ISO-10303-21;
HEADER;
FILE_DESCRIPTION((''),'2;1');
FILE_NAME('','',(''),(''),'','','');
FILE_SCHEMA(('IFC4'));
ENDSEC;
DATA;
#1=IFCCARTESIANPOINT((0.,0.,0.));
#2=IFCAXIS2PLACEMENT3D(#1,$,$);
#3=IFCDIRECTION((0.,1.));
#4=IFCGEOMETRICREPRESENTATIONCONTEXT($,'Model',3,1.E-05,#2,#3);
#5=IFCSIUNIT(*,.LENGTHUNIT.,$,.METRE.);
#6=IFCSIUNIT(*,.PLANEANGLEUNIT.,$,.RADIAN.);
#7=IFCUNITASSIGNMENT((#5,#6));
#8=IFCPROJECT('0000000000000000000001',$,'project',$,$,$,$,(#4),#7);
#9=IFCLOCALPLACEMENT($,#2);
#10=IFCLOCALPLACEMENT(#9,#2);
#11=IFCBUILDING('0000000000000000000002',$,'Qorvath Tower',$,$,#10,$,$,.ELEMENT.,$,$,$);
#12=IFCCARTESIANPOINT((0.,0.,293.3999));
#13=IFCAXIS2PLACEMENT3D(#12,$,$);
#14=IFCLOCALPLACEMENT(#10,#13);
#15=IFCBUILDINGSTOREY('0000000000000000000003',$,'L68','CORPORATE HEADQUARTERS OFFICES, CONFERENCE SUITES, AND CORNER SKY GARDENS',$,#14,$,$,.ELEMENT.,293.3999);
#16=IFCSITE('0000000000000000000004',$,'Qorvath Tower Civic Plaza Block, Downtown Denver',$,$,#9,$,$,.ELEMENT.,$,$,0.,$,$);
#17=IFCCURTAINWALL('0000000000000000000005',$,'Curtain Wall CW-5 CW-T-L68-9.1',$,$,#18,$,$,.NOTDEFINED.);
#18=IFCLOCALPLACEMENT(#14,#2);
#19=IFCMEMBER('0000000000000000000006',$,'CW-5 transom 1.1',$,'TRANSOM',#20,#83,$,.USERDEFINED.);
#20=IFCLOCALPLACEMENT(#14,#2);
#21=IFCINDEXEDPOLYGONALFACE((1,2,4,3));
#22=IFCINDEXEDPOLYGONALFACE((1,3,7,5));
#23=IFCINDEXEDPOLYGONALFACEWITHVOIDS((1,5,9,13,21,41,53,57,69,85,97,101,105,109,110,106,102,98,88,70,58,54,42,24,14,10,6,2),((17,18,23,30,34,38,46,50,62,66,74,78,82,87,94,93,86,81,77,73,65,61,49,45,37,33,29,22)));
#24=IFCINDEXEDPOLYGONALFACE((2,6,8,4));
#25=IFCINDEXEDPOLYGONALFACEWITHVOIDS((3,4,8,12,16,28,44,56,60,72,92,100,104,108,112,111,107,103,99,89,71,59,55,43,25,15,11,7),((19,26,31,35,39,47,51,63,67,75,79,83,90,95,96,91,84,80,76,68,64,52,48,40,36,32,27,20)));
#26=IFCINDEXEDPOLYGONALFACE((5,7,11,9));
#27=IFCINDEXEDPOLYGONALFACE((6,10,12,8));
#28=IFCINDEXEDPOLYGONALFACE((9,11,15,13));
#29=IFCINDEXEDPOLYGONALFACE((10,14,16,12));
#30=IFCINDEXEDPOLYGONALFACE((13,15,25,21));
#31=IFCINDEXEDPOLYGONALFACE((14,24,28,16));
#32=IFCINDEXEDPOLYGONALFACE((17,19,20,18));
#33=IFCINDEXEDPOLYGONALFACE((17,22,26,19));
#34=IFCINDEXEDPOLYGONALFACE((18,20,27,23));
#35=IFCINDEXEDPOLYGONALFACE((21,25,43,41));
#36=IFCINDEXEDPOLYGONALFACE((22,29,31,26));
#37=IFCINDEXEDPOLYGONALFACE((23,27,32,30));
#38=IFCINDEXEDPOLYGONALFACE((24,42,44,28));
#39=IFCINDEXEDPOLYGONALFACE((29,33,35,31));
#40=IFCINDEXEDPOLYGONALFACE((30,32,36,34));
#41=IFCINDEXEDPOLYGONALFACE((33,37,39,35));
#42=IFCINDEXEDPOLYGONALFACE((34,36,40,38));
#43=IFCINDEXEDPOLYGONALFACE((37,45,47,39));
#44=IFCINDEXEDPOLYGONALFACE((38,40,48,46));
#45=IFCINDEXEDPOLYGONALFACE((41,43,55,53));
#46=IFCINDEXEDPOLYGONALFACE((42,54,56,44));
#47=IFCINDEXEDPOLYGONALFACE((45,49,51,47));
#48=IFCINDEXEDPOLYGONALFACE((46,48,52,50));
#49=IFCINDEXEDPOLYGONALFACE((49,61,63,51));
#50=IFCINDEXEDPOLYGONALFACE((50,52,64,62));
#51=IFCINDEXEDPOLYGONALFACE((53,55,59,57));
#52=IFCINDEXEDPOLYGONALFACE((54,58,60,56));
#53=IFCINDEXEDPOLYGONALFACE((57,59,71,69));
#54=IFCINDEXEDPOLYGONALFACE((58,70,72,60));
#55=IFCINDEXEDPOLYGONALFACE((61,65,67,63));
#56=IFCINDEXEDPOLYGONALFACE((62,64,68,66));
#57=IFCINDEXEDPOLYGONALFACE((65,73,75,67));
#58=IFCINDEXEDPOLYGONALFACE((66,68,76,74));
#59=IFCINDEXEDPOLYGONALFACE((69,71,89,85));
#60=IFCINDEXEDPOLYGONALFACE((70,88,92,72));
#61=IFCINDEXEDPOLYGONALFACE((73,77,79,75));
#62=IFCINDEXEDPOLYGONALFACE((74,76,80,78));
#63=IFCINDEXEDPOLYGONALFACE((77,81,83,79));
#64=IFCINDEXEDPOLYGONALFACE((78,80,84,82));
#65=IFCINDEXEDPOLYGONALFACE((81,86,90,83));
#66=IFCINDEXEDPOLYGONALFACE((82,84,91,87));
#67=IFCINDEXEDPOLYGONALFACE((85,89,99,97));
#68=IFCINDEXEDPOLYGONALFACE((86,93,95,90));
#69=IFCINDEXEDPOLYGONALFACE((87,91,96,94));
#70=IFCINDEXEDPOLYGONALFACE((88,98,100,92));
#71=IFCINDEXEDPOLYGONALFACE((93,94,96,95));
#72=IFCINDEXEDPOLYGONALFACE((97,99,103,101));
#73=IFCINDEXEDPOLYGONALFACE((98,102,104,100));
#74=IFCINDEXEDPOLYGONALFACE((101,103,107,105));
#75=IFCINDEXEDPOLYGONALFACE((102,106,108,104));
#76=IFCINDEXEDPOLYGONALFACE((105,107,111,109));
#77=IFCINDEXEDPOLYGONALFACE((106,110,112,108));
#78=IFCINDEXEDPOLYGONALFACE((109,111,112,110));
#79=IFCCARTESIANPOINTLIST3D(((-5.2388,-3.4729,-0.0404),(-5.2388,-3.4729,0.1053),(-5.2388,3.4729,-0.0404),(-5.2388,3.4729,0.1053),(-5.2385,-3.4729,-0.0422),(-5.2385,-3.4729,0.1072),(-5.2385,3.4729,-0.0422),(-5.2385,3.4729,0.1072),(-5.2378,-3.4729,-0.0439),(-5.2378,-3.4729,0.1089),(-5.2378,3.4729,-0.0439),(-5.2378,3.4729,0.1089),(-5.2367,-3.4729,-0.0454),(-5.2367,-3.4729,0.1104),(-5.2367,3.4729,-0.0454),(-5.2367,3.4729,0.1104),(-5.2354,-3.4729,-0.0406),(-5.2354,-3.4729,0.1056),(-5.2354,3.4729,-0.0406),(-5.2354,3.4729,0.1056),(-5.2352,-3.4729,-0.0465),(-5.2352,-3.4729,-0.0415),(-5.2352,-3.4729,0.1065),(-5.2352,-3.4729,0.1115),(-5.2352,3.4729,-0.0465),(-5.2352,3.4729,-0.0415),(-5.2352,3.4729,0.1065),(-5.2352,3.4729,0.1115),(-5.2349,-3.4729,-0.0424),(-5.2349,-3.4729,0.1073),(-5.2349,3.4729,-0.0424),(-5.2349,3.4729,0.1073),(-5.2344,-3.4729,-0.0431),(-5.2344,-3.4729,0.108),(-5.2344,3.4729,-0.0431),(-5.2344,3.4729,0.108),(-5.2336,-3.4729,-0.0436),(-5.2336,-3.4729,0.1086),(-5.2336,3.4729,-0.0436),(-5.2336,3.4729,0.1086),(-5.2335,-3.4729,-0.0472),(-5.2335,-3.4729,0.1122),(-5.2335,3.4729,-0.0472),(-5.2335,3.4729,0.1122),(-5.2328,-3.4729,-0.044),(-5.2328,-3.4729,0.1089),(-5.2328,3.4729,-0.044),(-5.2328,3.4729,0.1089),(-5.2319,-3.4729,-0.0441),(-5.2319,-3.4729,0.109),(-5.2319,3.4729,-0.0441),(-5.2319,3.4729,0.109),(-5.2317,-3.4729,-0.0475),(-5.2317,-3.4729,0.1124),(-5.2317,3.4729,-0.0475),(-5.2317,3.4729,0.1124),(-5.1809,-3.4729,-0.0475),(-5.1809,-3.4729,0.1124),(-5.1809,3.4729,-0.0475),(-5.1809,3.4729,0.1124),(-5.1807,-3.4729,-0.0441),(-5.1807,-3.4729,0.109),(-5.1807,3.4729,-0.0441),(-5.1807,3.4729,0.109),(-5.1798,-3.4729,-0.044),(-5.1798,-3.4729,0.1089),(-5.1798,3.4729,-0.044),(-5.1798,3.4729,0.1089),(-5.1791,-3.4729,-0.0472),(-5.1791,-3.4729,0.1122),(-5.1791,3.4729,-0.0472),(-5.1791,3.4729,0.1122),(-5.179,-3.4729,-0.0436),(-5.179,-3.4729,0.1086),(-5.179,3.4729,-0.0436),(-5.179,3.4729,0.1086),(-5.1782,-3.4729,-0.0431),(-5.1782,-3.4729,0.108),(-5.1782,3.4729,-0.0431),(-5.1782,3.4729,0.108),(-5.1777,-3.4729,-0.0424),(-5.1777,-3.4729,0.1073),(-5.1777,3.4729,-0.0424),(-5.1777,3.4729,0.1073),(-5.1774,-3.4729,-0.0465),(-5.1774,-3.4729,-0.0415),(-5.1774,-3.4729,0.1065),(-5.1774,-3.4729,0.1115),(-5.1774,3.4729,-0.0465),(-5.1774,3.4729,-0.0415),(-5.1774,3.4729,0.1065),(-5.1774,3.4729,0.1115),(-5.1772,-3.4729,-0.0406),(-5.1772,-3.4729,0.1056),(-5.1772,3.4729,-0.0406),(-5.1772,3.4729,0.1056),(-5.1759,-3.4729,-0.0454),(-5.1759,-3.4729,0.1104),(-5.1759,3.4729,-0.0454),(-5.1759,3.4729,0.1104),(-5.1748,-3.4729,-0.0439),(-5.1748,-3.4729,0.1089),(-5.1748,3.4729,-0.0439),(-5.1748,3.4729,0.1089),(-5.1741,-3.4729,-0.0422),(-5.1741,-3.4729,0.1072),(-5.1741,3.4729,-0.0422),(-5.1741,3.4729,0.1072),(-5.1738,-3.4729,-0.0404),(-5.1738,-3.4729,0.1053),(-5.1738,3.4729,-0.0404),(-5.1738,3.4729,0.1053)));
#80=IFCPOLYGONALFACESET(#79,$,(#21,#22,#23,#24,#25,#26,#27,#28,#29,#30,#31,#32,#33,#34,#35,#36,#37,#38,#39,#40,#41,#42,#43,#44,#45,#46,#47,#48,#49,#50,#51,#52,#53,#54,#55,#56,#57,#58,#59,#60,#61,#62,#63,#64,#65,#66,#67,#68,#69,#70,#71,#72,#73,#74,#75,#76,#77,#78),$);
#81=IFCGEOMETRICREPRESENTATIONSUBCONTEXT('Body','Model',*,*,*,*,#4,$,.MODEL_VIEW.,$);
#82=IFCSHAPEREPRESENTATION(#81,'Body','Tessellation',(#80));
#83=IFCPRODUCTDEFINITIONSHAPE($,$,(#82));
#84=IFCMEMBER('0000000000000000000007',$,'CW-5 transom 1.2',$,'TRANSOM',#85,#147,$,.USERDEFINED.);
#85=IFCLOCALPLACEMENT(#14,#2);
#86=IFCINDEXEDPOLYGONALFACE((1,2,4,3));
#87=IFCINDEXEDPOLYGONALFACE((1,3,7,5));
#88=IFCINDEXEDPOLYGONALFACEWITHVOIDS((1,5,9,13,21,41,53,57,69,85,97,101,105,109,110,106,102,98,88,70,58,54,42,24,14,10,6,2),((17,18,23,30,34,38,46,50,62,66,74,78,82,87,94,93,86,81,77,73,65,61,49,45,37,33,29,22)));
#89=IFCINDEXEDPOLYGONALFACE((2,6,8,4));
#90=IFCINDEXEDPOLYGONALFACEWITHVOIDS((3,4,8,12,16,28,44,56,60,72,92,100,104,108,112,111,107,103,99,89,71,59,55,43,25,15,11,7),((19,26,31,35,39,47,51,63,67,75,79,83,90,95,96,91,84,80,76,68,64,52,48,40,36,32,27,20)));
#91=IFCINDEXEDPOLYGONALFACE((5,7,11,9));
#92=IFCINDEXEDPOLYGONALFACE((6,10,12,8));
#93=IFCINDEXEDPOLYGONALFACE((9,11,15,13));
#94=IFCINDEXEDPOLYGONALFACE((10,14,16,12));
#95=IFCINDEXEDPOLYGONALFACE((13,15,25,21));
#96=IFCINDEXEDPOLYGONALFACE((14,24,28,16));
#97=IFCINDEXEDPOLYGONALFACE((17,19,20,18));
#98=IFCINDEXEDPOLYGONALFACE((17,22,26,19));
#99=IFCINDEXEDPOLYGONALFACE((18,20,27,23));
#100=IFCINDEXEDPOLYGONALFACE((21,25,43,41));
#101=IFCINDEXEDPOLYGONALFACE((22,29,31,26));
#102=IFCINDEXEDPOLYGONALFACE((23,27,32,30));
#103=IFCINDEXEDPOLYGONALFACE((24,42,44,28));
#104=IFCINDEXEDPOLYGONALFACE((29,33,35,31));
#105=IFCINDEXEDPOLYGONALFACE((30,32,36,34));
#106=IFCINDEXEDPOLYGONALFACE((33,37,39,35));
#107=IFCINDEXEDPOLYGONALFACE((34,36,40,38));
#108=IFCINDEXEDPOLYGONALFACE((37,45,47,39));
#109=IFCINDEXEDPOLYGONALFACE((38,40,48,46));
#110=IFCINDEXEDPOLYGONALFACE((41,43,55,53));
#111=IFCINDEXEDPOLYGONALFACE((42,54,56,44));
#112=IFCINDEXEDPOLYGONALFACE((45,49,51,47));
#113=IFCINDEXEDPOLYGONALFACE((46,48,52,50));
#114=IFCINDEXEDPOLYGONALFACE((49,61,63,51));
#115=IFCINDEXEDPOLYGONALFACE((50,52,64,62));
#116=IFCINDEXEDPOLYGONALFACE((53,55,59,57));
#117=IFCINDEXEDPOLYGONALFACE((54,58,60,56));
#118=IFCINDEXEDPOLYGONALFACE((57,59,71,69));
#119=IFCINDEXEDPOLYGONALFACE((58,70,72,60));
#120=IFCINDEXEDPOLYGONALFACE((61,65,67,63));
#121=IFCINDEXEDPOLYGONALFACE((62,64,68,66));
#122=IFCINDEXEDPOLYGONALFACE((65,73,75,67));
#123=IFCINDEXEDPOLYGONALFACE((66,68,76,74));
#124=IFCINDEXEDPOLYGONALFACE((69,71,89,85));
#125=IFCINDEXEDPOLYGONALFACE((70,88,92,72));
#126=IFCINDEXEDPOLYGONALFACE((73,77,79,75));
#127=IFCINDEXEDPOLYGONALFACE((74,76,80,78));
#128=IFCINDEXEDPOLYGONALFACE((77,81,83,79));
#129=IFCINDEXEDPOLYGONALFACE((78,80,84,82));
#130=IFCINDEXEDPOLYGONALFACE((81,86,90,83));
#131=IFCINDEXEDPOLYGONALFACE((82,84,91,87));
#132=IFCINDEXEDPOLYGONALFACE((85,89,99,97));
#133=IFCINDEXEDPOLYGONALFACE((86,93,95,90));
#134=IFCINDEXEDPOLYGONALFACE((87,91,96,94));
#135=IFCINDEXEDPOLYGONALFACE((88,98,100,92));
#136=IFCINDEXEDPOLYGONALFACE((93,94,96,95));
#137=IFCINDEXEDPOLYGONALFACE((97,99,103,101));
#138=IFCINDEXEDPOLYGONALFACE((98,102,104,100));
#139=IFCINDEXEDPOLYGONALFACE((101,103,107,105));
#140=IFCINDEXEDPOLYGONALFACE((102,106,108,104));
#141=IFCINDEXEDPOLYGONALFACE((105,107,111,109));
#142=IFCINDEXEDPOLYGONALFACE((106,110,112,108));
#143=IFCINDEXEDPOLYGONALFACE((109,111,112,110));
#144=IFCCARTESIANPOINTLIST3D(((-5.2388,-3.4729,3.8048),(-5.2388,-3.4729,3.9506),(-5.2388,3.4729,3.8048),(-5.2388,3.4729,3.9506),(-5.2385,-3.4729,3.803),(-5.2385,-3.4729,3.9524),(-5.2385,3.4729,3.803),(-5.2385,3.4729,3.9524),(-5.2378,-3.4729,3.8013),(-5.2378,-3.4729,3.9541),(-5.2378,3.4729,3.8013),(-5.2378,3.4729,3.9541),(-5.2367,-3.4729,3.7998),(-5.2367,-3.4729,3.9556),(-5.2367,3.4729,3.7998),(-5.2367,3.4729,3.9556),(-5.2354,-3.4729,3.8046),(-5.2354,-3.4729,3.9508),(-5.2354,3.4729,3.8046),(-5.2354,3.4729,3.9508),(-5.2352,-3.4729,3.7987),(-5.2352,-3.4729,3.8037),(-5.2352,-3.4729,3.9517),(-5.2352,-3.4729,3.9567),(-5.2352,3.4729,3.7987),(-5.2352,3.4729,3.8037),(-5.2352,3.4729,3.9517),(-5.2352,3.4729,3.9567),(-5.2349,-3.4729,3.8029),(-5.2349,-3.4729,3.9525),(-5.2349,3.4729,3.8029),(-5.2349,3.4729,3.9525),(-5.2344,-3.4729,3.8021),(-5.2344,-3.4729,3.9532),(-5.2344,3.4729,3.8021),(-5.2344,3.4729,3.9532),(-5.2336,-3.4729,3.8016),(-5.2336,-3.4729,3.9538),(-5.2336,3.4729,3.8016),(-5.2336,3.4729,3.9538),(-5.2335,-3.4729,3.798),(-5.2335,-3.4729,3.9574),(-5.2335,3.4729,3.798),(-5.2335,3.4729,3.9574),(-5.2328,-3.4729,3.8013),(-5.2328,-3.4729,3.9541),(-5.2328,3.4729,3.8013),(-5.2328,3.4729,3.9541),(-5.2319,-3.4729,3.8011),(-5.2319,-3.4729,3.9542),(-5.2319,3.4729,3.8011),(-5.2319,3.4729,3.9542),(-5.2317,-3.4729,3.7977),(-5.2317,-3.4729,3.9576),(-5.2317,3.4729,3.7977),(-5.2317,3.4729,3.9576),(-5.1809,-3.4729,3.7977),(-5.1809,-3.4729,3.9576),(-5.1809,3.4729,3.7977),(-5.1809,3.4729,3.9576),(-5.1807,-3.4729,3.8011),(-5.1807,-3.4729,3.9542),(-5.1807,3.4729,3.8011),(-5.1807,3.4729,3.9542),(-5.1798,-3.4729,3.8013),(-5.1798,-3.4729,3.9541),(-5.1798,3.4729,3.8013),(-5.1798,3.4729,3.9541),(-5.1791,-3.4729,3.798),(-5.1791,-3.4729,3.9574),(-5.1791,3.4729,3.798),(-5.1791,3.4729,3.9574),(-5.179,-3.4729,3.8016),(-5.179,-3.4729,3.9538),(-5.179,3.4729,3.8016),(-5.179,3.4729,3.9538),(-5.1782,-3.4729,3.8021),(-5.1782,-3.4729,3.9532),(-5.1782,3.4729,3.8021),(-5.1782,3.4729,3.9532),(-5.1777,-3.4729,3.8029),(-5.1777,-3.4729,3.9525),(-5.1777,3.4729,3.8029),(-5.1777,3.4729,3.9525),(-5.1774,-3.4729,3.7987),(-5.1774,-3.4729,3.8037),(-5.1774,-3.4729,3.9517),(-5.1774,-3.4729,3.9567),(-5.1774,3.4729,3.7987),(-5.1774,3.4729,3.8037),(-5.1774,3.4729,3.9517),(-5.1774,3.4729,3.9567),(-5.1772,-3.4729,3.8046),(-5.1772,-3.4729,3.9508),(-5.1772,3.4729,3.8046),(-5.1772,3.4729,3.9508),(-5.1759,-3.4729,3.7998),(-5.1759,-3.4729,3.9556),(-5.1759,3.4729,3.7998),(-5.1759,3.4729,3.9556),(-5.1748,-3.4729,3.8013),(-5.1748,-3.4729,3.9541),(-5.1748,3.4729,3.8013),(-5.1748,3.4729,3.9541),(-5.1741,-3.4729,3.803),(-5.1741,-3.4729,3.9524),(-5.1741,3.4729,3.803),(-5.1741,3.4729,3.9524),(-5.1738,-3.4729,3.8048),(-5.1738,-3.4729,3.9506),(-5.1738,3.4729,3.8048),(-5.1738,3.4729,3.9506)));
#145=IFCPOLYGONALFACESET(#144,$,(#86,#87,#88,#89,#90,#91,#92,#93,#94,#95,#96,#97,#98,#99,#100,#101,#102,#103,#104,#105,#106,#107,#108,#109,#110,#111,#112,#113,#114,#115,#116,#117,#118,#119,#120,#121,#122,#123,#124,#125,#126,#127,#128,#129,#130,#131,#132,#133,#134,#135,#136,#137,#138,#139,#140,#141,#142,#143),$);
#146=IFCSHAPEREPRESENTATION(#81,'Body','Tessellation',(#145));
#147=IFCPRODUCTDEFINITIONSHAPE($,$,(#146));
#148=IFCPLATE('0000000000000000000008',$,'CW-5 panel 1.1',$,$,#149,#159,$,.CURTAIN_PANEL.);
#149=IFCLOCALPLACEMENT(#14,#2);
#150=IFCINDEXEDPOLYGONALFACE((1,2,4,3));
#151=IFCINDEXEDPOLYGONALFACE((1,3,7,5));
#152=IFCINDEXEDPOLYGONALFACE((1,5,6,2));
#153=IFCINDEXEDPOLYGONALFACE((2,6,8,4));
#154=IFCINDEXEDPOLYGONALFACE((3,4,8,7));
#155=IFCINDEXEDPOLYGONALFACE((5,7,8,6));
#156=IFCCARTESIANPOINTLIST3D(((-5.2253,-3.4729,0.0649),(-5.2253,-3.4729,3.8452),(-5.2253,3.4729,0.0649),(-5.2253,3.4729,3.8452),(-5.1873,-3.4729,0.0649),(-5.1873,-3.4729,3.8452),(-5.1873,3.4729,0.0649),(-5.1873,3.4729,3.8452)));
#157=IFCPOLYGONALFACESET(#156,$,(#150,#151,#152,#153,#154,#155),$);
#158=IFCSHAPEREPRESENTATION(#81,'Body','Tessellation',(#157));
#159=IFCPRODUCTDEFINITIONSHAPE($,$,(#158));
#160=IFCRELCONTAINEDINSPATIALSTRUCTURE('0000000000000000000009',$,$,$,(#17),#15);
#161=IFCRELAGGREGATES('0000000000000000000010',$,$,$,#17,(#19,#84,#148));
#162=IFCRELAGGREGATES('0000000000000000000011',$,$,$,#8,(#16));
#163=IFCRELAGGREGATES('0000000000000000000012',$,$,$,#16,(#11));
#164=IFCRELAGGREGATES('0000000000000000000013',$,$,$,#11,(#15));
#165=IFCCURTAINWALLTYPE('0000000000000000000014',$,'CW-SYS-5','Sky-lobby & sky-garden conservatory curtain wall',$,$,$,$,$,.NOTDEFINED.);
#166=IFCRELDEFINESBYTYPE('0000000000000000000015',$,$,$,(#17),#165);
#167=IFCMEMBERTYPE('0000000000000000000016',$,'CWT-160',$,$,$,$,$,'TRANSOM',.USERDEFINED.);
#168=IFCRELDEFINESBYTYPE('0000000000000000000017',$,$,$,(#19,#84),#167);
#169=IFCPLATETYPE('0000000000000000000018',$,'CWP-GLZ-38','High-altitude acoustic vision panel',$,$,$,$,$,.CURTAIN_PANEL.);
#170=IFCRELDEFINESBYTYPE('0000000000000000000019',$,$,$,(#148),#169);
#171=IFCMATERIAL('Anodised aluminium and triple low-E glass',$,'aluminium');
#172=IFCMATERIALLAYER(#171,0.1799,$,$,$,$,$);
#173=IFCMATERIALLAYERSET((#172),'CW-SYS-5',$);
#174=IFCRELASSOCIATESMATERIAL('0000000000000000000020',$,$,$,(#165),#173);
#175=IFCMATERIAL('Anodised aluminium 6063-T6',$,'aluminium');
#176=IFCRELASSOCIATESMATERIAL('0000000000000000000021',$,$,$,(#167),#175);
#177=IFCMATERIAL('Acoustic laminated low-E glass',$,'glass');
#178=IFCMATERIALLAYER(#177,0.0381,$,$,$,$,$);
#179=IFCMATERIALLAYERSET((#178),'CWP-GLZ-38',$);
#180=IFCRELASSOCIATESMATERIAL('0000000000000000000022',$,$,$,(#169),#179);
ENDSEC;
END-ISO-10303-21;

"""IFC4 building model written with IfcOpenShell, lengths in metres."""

from ifc_helpers import new_model, si_unit, direction, frame, origin, origin_2d, place, context, subcontext, project, spatial, rectangle, hollow_rectangle, extrude, material, layer, layer_set, material_profile, profile_set, type_object, element, aggregate, save


model = new_model("IFC4")

# Units and contexts
model_context = context("Model", 3, precision=1e-05, world=origin(), true_north=direction((0.0, 1.0)))
body_context = subcontext(model_context, "Body", "Model", "MODEL_VIEW")
ifc_project = project(units=[si_unit("LENGTHUNIT", "METRE"), si_unit("PLANEANGLEUNIT", "RADIAN")], contexts=[model_context])

# Site, building, storey
site_placement = place(None, origin())
site = spatial("IfcSite", under=ifc_project, at=site_placement, Name="Qorvath Tower Civic Plaza Block, Downtown Denver", CompositionType="ELEMENT", RefElevation=0.0)
building_placement = place(site_placement, origin())
building = spatial("IfcBuilding", under=site, at=building_placement, Name="Qorvath Tower", CompositionType="ELEMENT")
storey_placement = place(building_placement, frame((0.0, 0.0, 293.3999)))
storey = spatial("IfcBuildingStorey", under=building, at=storey_placement, Name="L68", Description="CORPORATE HEADQUARTERS OFFICES, CONFERENCE SUITES, AND CORNER SKY GARDENS", CompositionType="ELEMENT", Elevation=293.3999)

# Shared definitions
ifc_material_1 = material(Name="Anodised aluminium and triple low-E glass", Category="aluminium")
ifc_layer_1 = layer(ifc_material_1, 0.1799)
ifc_layer_set_1 = layer_set([ifc_layer_1], Name="CW-SYS-5")
curtain_wall_type = type_object("IfcCurtainWallType", Name="CW-SYS-5", Description="Sky-lobby & sky-garden conservatory curtain wall", PredefinedType="NOTDEFINED", material=ifc_layer_set_1)

# Curtain wall, members, plate
curtain_wall_1_placement = place(storey_placement, origin())
curtain_wall_1 = element("IfcCurtainWall", 1, at=curtain_wall_1_placement, inside=storey, type_object=curtain_wall_type, Name="Curtain Wall CW-5 CW-T-L68-9.1", PredefinedType="NOTDEFINED")
ifc_material_2 = material(Name="Anodised aluminium 6063-T6", Category="aluminium")
ifc_material_profile_1 = material_profile(ifc_material_2, hollow_rectangle(XDim=0.0649, YDim=0.1599, WallThickness=0.0034, InnerFilletRadius=0.0034, OuterFilletRadius=0.0071, at=origin_2d()), Name="CWT 160x65")
ifc_profile_set_1 = profile_set([ifc_material_profile_1], Name="Anodised aluminium 6063-T6")
member_type_1 = type_object("IfcMemberType", Name="CWT-160", ElementType="TRANSOM", PredefinedType="USERDEFINED", material=ifc_profile_set_1)
member_1_placement = place(storey_placement, frame((-5.2063, -3.4729, 0.0325), z_axis=(0.0, 1.0, 0.0), x_axis=(-1.0, 0.0, 0.0)))
member_1 = element("IfcMember", 2, at=member_1_placement, type_object=member_type_1, Name="CW-5 transom 1.1", ObjectType="TRANSOM", PredefinedType="USERDEFINED", context=body_context, shape_type="SweptSolid", body=[
    extrude(hollow_rectangle(XDim=0.0649, YDim=0.1599, WallThickness=0.0034, InnerFilletRadius=0.0034, OuterFilletRadius=0.0071, at=origin_2d()), origin(), (0.0, 0.0, 1.0), 6.9458),
])
member_2_placement = place(storey_placement, frame((-5.2063, -3.4729, 3.8777), z_axis=(0.0, 1.0, 0.0), x_axis=(-1.0, 0.0, 0.0)))
member_2 = element("IfcMember", 3, at=member_2_placement, type_object=member_type_1, Name="CW-5 transom 1.2", ObjectType="TRANSOM", PredefinedType="USERDEFINED", context=body_context, shape_type="SweptSolid", body=[
    extrude(hollow_rectangle(XDim=0.0649, YDim=0.1599, WallThickness=0.0034, InnerFilletRadius=0.0034, OuterFilletRadius=0.0071, at=origin_2d()), origin(), (0.0, 0.0, 1.0), 6.9458),
])
ifc_material_3 = material(Name="Acoustic laminated low-E glass", Category="glass")
ifc_layer_2 = layer(ifc_material_3, 0.0381)
ifc_layer_set_2 = layer_set([ifc_layer_2], Name="CWP-GLZ-38")
plate_type = type_object("IfcPlateType", Name="CWP-GLZ-38", Description="High-altitude acoustic vision panel", PredefinedType="CURTAIN_PANEL", material=ifc_layer_set_2)
plate_placement = place(storey_placement, frame((-5.2063, 0.0, 0.0649), z_axis=(0.0, 0.0, 1.0), x_axis=(0.0, 1.0, 0.0)))
plate = element("IfcPlate", 4, at=plate_placement, type_object=plate_type, Name="CW-5 panel 1.1", PredefinedType="CURTAIN_PANEL", context=body_context, shape_type="SweptSolid", body=[
    extrude(rectangle(XDim=6.9458, YDim=0.0381, at=origin_2d()), origin(), (0.0, 0.0, 1.0), 3.7803),
])
aggregate(curtain_wall_1, [member_1, member_2, plate])

save(model, "model.ifc")
